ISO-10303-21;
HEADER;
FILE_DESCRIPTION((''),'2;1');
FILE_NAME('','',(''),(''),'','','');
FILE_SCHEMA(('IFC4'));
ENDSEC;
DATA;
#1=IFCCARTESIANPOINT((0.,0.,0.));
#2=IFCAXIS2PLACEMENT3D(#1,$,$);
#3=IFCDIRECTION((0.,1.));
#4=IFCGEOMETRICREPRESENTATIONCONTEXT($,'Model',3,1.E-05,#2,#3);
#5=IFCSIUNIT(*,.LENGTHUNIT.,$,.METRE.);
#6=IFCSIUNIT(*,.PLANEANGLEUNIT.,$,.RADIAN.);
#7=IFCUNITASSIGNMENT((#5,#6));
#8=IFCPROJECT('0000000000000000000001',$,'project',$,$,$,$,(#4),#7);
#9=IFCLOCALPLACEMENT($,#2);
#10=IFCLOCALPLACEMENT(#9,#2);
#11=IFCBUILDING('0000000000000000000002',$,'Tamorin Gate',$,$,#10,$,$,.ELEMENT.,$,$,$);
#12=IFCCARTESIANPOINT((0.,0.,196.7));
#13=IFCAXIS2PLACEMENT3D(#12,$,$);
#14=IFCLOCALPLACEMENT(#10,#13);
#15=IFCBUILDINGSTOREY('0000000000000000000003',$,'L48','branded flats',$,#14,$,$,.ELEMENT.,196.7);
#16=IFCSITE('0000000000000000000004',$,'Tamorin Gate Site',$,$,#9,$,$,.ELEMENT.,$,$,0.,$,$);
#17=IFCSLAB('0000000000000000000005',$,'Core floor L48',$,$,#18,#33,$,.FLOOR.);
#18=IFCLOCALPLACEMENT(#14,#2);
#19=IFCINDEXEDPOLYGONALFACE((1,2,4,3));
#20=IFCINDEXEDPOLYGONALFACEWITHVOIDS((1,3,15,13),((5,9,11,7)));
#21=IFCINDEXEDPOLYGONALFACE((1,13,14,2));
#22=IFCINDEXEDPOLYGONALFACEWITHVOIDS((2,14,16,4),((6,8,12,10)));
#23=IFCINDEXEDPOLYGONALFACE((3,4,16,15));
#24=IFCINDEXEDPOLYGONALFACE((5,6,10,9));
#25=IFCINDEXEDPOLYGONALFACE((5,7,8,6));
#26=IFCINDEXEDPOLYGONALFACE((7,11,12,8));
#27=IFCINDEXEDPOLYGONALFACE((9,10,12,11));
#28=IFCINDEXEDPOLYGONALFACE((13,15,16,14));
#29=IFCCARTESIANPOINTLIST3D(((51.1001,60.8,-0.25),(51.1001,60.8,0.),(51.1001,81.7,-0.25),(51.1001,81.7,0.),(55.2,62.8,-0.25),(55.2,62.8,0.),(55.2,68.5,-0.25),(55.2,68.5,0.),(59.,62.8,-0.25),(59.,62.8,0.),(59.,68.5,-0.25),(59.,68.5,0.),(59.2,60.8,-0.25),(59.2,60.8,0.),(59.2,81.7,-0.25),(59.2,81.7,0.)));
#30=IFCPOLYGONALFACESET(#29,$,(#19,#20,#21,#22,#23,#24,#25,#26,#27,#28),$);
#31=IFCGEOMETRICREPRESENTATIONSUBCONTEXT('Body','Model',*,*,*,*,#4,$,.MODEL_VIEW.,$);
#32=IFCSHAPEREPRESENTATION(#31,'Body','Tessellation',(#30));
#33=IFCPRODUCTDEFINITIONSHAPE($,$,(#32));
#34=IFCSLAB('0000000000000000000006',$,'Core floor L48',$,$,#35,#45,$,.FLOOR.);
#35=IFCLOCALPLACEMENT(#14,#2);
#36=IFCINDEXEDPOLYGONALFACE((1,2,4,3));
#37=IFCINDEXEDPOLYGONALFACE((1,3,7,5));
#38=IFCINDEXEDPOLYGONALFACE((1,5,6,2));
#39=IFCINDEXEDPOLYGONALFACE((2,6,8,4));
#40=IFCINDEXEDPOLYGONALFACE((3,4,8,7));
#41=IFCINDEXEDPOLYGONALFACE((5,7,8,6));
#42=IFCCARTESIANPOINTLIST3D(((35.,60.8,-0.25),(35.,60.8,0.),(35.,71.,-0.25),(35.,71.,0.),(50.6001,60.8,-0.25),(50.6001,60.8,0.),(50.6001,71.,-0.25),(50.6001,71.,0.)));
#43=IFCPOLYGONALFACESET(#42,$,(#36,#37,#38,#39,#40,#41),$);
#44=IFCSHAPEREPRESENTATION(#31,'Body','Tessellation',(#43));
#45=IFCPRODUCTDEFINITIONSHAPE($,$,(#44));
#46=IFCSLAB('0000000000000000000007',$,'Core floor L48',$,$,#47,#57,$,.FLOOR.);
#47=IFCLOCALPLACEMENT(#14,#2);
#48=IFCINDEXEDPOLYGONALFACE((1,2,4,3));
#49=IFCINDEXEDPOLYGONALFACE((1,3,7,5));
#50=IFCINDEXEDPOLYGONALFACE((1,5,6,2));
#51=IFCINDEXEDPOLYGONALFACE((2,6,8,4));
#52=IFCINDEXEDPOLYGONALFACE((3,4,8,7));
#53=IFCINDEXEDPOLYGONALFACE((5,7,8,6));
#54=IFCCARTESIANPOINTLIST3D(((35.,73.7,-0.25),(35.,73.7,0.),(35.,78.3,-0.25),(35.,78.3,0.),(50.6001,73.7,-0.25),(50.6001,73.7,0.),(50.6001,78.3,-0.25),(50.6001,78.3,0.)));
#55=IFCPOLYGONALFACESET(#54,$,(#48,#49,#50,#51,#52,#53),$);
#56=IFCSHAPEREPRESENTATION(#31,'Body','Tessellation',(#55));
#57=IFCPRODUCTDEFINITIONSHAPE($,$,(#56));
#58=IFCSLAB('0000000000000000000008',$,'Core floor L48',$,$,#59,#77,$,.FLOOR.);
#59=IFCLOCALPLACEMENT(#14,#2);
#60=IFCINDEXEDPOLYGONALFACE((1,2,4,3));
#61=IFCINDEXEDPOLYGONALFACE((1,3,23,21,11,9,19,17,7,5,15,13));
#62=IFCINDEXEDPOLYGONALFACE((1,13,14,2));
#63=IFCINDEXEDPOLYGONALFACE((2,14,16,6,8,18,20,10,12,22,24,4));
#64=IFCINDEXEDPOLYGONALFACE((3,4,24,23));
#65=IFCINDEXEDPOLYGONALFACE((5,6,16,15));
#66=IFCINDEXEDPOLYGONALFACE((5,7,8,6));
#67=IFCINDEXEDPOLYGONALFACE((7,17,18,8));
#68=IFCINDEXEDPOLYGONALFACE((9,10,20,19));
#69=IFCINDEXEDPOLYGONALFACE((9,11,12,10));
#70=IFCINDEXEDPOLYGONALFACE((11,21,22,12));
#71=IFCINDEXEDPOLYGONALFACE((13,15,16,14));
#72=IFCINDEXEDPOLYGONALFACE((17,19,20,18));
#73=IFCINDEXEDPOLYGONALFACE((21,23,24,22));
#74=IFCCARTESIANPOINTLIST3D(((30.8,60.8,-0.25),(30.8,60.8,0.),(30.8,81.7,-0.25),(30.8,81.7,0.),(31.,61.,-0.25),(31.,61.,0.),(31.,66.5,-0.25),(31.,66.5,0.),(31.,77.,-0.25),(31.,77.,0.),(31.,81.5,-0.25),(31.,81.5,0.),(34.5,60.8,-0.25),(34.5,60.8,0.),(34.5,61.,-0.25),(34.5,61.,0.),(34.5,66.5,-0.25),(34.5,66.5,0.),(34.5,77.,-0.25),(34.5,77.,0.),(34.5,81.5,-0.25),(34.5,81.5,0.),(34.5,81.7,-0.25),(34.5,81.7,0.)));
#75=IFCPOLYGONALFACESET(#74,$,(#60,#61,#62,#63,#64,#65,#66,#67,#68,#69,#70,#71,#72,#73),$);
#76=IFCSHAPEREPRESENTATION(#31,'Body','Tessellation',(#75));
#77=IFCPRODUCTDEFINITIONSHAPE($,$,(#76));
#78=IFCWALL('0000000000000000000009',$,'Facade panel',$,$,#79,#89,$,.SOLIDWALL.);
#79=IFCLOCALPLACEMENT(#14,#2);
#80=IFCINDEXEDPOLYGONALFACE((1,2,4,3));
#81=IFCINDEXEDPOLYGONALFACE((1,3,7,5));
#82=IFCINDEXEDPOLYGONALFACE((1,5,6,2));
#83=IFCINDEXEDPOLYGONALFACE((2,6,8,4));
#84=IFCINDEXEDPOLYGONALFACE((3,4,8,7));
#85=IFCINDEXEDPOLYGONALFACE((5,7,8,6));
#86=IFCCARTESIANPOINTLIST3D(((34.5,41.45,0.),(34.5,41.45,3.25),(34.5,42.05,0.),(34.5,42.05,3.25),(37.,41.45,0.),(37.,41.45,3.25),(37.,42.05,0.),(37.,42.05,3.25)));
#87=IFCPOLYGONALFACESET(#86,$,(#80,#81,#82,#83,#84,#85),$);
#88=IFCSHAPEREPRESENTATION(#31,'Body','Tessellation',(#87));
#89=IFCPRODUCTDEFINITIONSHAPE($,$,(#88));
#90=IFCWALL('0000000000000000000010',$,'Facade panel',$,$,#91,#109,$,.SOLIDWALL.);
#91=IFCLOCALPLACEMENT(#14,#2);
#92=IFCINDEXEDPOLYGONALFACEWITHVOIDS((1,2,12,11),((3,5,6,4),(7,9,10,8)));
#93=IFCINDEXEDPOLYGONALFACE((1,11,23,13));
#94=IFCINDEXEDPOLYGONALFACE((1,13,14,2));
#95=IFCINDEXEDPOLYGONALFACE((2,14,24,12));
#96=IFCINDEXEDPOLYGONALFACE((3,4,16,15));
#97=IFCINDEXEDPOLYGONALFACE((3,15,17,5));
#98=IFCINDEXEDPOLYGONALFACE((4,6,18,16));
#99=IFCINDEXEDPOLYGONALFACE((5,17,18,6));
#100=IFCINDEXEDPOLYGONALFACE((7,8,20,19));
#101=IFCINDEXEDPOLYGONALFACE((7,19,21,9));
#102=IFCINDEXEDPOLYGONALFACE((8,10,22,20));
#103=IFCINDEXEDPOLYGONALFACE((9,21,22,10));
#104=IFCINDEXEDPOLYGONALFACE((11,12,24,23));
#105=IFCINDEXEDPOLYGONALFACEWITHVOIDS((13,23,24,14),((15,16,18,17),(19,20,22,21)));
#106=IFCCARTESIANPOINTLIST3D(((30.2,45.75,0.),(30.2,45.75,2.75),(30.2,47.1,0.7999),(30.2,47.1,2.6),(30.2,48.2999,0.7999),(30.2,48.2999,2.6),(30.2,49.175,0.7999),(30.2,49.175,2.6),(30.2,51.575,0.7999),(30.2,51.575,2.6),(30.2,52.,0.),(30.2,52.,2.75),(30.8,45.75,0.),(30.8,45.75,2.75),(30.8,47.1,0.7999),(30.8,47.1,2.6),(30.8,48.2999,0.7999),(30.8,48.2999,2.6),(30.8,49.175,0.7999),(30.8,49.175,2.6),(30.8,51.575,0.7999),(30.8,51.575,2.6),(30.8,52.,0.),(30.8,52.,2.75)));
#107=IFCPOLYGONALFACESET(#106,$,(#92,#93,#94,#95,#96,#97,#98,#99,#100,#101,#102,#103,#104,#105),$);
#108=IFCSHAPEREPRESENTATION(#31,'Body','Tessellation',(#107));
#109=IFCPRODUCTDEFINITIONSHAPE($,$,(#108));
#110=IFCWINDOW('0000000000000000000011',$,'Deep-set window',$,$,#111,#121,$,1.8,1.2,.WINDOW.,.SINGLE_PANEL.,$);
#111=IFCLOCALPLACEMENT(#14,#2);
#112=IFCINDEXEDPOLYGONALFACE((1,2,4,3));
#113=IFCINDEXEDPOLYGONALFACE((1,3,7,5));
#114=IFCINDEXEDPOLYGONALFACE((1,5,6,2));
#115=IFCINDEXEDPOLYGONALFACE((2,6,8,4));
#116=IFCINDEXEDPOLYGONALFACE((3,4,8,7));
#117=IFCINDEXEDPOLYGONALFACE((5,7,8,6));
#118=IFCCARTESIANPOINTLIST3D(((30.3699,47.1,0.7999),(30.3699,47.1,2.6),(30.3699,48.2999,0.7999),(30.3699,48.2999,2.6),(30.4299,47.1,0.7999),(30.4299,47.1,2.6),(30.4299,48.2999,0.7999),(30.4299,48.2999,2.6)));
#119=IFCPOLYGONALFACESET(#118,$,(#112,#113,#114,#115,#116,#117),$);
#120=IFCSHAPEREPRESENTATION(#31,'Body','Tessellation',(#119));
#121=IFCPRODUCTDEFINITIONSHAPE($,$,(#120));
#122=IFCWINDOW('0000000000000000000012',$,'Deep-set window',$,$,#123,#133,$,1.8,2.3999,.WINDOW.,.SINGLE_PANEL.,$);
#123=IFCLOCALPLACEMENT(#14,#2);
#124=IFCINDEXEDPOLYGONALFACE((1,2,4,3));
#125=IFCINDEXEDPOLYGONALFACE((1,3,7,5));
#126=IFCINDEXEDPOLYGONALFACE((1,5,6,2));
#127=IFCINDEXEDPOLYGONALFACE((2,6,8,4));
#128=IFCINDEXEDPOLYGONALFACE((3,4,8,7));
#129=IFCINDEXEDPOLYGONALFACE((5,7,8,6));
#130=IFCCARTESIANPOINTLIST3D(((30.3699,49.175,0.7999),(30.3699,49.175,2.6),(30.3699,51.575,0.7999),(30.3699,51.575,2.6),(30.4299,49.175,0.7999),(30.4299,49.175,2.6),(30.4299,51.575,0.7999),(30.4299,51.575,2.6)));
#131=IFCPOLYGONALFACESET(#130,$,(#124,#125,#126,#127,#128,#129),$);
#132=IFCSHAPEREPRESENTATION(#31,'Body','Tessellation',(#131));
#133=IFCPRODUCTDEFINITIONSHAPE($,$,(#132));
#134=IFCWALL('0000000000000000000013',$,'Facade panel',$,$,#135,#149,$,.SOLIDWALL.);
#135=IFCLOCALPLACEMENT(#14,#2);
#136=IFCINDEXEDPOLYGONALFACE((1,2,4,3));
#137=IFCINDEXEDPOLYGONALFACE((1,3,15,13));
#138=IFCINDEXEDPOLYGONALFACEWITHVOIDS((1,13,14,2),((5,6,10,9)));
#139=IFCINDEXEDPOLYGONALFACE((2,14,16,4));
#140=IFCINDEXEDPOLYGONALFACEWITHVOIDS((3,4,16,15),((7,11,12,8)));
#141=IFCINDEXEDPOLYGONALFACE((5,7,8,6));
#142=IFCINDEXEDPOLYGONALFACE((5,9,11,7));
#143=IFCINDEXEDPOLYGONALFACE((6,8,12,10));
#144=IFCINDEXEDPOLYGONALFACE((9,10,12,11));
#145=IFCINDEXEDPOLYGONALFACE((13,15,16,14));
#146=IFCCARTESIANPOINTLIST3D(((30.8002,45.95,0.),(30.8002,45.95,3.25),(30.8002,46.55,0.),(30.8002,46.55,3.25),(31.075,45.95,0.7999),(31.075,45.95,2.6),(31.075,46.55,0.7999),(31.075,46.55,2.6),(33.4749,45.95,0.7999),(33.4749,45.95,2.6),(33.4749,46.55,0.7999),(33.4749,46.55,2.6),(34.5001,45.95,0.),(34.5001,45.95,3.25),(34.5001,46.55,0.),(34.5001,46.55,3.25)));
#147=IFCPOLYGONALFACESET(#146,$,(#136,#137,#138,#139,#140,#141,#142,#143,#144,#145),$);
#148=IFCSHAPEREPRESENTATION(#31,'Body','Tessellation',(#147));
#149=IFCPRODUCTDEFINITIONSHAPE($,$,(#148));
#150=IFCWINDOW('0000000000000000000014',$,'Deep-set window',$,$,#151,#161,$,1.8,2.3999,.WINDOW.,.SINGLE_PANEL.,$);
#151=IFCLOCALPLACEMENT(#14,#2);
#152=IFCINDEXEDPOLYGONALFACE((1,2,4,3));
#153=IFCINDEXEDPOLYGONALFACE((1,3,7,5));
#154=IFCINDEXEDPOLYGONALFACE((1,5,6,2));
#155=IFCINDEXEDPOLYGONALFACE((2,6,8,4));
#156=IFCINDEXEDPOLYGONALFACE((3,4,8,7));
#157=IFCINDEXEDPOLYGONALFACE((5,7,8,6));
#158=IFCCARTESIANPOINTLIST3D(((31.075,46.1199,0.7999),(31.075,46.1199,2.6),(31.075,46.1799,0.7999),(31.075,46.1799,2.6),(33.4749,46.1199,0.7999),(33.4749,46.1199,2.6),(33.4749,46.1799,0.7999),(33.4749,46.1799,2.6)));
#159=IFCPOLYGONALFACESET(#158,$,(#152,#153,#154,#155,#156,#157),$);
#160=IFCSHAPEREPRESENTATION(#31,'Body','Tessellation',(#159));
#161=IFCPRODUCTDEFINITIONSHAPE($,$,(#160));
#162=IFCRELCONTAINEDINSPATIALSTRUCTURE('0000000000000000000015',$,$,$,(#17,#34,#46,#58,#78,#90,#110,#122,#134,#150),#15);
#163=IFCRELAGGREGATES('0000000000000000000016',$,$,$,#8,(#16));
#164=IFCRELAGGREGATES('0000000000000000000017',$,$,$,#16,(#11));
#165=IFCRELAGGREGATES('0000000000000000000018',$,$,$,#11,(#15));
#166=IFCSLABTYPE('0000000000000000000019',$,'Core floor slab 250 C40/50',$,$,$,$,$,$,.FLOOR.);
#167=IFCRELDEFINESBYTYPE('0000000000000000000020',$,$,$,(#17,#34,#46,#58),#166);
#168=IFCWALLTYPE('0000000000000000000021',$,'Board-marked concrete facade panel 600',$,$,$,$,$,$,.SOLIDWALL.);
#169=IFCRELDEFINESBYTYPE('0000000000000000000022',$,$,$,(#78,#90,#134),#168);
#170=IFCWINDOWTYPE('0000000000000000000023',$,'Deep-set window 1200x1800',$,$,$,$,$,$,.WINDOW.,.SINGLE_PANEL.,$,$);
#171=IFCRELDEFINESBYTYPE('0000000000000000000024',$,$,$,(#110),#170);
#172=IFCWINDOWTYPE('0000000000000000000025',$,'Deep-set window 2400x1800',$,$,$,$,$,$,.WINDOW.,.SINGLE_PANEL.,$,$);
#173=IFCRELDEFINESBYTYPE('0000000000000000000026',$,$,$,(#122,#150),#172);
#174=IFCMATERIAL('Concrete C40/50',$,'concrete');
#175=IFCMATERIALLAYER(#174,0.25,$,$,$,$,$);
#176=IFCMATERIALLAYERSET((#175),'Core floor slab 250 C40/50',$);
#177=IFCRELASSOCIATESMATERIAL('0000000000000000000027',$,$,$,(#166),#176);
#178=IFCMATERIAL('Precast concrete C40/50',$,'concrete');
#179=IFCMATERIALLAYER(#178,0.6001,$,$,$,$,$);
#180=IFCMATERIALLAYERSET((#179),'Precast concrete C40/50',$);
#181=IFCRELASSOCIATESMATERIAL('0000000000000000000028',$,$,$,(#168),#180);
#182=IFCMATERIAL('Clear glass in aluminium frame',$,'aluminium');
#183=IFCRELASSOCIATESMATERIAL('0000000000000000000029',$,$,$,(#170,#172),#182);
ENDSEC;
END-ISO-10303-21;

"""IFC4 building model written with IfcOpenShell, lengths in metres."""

from ifc_helpers import new_model, si_unit, direction, frame, frame_2d, origin, place, context, subcontext, project, spatial, polyline, rectangle, outline, extrude, material, layer, layer_set, type_object, element, fill, save


model = new_model("IFC4")

# Units and contexts
model_context = context("Model", 3, precision=1e-05, world=origin(), true_north=direction((0.0, 1.0)))
body_context = subcontext(model_context, "Body", "Model", "MODEL_VIEW")
ifc_project = project(units=[si_unit("LENGTHUNIT", "METRE"), si_unit("PLANEANGLEUNIT", "RADIAN")], contexts=[model_context])

# Site, building, storey
site_placement = place(None, origin())
site = spatial("IfcSite", under=ifc_project, at=site_placement, Name="Tamorin Gate Site", CompositionType="ELEMENT", RefElevation=0.0)
building_placement = place(site_placement, origin())
building = spatial("IfcBuilding", under=site, at=building_placement, Name="Tamorin Gate", CompositionType="ELEMENT")
storey_placement = place(building_placement, frame((0.0, 0.0, 196.7)))
storey = spatial("IfcBuildingStorey", under=building, at=storey_placement, Name="L48", Description="branded flats", CompositionType="ELEMENT", Elevation=196.7)

# Slabs
ifc_material_1 = material(Name="Concrete C40/50", Category="concrete")
ifc_layer_1 = layer(ifc_material_1, 0.25)
ifc_layer_set_1 = layer_set([ifc_layer_1], Name="Core floor slab 250 C40/50")
slab_type = type_object("IfcSlabType", Name="Core floor slab 250 C40/50", PredefinedType="FLOOR", material=ifc_layer_set_1)
slab_1_placement = place(storey_placement, frame((0.0, 0.0, -0.25)))
element("IfcSlab", 1, at=slab_1_placement, inside=storey, type_object=slab_type, Name="Core floor L48", PredefinedType="FLOOR", context=body_context, shape_type="SweptSolid", body=[
    extrude(outline(polyline([(51.1001, 81.7), (59.2, 81.7), (59.2, 60.8), (51.1001, 60.8), (51.1001, 81.7)]), holes=[polyline([(55.2, 62.8), (59.0, 62.8), (59.0, 68.5), (55.2, 68.5), (55.2, 62.8)])]), origin(), (0.0, 0.0, 1.0), 0.25),
])
slab_2_placement = place(storey_placement, frame((0.0, 0.0, -0.25)))
element("IfcSlab", 2, at=slab_2_placement, inside=storey, type_object=slab_type, Name="Core floor L48", PredefinedType="FLOOR", context=body_context, shape_type="SweptSolid", body=[
    extrude(outline(polyline([(50.6001, 71.0), (50.6001, 60.8), (35.0, 60.8), (35.0, 71.0), (50.6001, 71.0)])), origin(), (0.0, 0.0, 1.0), 0.25),
])
slab_3_placement = place(storey_placement, frame((0.0, 0.0, -0.25)))
element("IfcSlab", 3, at=slab_3_placement, inside=storey, type_object=slab_type, Name="Core floor L48", PredefinedType="FLOOR", context=body_context, shape_type="SweptSolid", body=[
    extrude(outline(polyline([(50.6001, 73.7), (35.0, 73.7), (35.0, 78.3), (50.6001, 78.3), (50.6001, 73.7)])), origin(), (0.0, 0.0, 1.0), 0.25),
])
slab_4_placement = place(storey_placement, frame((0.0, 0.0, -0.25)))
element("IfcSlab", 4, at=slab_4_placement, inside=storey, type_object=slab_type, Name="Core floor L48", PredefinedType="FLOOR", context=body_context, shape_type="SweptSolid", body=[
    extrude(outline(polyline([(34.5, 60.8), (30.8, 60.8), (30.8, 81.7), (34.5, 81.7), (34.5, 81.5), (31.0, 81.5), (31.0, 77.0), (34.5, 77.0), (34.5, 66.5), (31.0, 66.5), (31.0, 61.0), (34.5, 61.0), (34.5, 60.8)])), origin(), (0.0, 0.0, 1.0), 0.25),
])

# Wall
ifc_material_2 = material(Name="Precast concrete C40/50", Category="concrete")
ifc_layer_2 = layer(ifc_material_2, 0.6001)
ifc_layer_set_2 = layer_set([ifc_layer_2], Name="Precast concrete C40/50")
wall_type = type_object("IfcWallType", Name="Board-marked concrete facade panel 600", PredefinedType="SOLIDWALL", material=ifc_layer_set_2)
wall_1_placement = place(storey_placement, frame((34.5, 41.75, 0.0), z_axis=(0.0, 0.0, 1.0), x_axis=(1.0, 0.0, 0.0)))
element("IfcWall", 5, at=wall_1_placement, inside=storey, type_object=wall_type, Name="Facade panel", PredefinedType="SOLIDWALL", context=body_context, shape_type="SweptSolid", body=[
    extrude(rectangle(XDim=2.5, YDim=0.6001, at=frame_2d((1.25, 0.0))), origin(), (0.0, 0.0, 1.0), 3.25),
])

# Wall, openings, windows
wall_2_placement = place(storey_placement, frame((30.5, 52.0, 0.0), z_axis=(0.0, 0.0, 1.0), x_axis=(0.0, -1.0, 0.0)))
wall_2 = element("IfcWall", 6, at=wall_2_placement, inside=storey, type_object=wall_type, Name="Facade panel", PredefinedType="SOLIDWALL", context=body_context, shape_type="SweptSolid", body=[
    extrude(rectangle(XDim=6.25, YDim=0.6001, at=frame_2d((3.125, 0.0))), origin(), (0.0, 0.0, 1.0), 2.75),
])
opening_1_placement = place(wall_2_placement, frame((3.7, 0.0, 0.8)))
opening_1 = element("IfcOpeningElement", 7, at=opening_1_placement, cuts=wall_2, PredefinedType="OPENING", context=body_context, shape_type="SweptSolid", body=[
    extrude(rectangle(XDim=1.2, YDim=1.8, at=frame_2d((0.6001, 0.8999))), frame((0.0, 0.3101, 0.0), z_axis=(0.0, -1.0, 0.0), x_axis=(1.0, 0.0, 0.0)), (0.0, 0.0, 1.0), 0.6201),
])
opening_2_placement = place(wall_2_placement, frame((0.425, 0.0, 0.8)))
opening_2 = element("IfcOpeningElement", 8, at=opening_2_placement, cuts=wall_2, PredefinedType="OPENING", context=body_context, shape_type="SweptSolid", body=[
    extrude(rectangle(XDim=2.3999, YDim=1.8, at=frame_2d((1.2, 0.8999))), frame((0.0, 0.3101, 0.0), z_axis=(0.0, -1.0, 0.0), x_axis=(1.0, 0.0, 0.0)), (0.0, 0.0, 1.0), 0.6201),
])
ifc_material_3 = material(Name="Clear glass in aluminium frame", Category="aluminium")
window_type_1 = type_object("IfcWindowType", Name="Deep-set window 1200x1800", PartitioningType="SINGLE_PANEL", PredefinedType="WINDOW", material=ifc_material_3)
window_1_placement = place(opening_1_placement, origin())
window_1 = element("IfcWindow", 9, at=window_1_placement, inside=storey, type_object=window_type_1, Name="Deep-set window", OverallHeight=1.8, OverallWidth=1.2, PartitioningType="SINGLE_PANEL", PredefinedType="WINDOW", context=body_context, shape_type="SweptSolid", body=[
    extrude(rectangle(XDim=1.2, YDim=1.8, at=frame_2d((0.6001, 0.8999))), frame((0.0, -0.0701, 0.0), z_axis=(0.0, -1.0, 0.0), x_axis=(1.0, 0.0, 0.0)), (0.0, 0.0, 1.0), 0.0601),
])
fill(opening_1, window_1)
window_type_2 = type_object("IfcWindowType", Name="Deep-set window 2400x1800", PartitioningType="SINGLE_PANEL", PredefinedType="WINDOW", material=ifc_material_3)
window_2_placement = place(opening_2_placement, origin())
window_2 = element("IfcWindow", 10, at=window_2_placement, inside=storey, type_object=window_type_2, Name="Deep-set window", OverallHeight=1.8, OverallWidth=2.3999, PartitioningType="SINGLE_PANEL", PredefinedType="WINDOW", context=body_context, shape_type="SweptSolid", body=[
    extrude(rectangle(XDim=2.3999, YDim=1.8, at=frame_2d((1.2, 0.8999))), frame((0.0, -0.0701, 0.0), z_axis=(0.0, -1.0, 0.0), x_axis=(1.0, 0.0, 0.0)), (0.0, 0.0, 1.0), 0.0601),
])
fill(opening_2, window_2)

# Wall, opening, window
wall_3_placement = place(storey_placement, frame((30.8, 46.25, 0.0), z_axis=(0.0, 0.0, 1.0), x_axis=(1.0, 0.0, 0.0)))
wall_3 = element("IfcWall", 11, at=wall_3_placement, inside=storey, type_object=wall_type, Name="Facade panel", PredefinedType="SOLIDWALL", context=body_context, shape_type="SweptSolid", body=[
    extrude(rectangle(XDim=3.7, YDim=0.6001, at=frame_2d((1.8501, 0.0))), origin(), (0.0, 0.0, 1.0), 3.25),
])
opening_3_placement = place(wall_3_placement, frame((0.2749, 0.0, 0.8)))
opening_3 = element("IfcOpeningElement", 12, at=opening_3_placement, cuts=wall_3, PredefinedType="OPENING", context=body_context, shape_type="SweptSolid", body=[
    extrude(rectangle(XDim=2.3999, YDim=1.8, at=frame_2d((1.2, 0.8999))), frame((0.0, 0.3101, 0.0), z_axis=(0.0, -1.0, 0.0), x_axis=(1.0, 0.0, 0.0)), (0.0, 0.0, 1.0), 0.6201),
])
window_3_placement = place(opening_3_placement, origin())
window_3 = element("IfcWindow", 13, at=window_3_placement, inside=storey, type_object=window_type_2, Name="Deep-set window", OverallHeight=1.8, OverallWidth=2.3999, PartitioningType="SINGLE_PANEL", PredefinedType="WINDOW", context=body_context, shape_type="SweptSolid", body=[
    extrude(rectangle(XDim=2.3999, YDim=1.8, at=frame_2d((1.2, 0.8999))), frame((0.0, -0.0701, 0.0), z_axis=(0.0, -1.0, 0.0), x_axis=(1.0, 0.0, 0.0)), (0.0, 0.0, 1.0), 0.0601),
])
fill(opening_3, window_3)

save(model, "model.ifc")
